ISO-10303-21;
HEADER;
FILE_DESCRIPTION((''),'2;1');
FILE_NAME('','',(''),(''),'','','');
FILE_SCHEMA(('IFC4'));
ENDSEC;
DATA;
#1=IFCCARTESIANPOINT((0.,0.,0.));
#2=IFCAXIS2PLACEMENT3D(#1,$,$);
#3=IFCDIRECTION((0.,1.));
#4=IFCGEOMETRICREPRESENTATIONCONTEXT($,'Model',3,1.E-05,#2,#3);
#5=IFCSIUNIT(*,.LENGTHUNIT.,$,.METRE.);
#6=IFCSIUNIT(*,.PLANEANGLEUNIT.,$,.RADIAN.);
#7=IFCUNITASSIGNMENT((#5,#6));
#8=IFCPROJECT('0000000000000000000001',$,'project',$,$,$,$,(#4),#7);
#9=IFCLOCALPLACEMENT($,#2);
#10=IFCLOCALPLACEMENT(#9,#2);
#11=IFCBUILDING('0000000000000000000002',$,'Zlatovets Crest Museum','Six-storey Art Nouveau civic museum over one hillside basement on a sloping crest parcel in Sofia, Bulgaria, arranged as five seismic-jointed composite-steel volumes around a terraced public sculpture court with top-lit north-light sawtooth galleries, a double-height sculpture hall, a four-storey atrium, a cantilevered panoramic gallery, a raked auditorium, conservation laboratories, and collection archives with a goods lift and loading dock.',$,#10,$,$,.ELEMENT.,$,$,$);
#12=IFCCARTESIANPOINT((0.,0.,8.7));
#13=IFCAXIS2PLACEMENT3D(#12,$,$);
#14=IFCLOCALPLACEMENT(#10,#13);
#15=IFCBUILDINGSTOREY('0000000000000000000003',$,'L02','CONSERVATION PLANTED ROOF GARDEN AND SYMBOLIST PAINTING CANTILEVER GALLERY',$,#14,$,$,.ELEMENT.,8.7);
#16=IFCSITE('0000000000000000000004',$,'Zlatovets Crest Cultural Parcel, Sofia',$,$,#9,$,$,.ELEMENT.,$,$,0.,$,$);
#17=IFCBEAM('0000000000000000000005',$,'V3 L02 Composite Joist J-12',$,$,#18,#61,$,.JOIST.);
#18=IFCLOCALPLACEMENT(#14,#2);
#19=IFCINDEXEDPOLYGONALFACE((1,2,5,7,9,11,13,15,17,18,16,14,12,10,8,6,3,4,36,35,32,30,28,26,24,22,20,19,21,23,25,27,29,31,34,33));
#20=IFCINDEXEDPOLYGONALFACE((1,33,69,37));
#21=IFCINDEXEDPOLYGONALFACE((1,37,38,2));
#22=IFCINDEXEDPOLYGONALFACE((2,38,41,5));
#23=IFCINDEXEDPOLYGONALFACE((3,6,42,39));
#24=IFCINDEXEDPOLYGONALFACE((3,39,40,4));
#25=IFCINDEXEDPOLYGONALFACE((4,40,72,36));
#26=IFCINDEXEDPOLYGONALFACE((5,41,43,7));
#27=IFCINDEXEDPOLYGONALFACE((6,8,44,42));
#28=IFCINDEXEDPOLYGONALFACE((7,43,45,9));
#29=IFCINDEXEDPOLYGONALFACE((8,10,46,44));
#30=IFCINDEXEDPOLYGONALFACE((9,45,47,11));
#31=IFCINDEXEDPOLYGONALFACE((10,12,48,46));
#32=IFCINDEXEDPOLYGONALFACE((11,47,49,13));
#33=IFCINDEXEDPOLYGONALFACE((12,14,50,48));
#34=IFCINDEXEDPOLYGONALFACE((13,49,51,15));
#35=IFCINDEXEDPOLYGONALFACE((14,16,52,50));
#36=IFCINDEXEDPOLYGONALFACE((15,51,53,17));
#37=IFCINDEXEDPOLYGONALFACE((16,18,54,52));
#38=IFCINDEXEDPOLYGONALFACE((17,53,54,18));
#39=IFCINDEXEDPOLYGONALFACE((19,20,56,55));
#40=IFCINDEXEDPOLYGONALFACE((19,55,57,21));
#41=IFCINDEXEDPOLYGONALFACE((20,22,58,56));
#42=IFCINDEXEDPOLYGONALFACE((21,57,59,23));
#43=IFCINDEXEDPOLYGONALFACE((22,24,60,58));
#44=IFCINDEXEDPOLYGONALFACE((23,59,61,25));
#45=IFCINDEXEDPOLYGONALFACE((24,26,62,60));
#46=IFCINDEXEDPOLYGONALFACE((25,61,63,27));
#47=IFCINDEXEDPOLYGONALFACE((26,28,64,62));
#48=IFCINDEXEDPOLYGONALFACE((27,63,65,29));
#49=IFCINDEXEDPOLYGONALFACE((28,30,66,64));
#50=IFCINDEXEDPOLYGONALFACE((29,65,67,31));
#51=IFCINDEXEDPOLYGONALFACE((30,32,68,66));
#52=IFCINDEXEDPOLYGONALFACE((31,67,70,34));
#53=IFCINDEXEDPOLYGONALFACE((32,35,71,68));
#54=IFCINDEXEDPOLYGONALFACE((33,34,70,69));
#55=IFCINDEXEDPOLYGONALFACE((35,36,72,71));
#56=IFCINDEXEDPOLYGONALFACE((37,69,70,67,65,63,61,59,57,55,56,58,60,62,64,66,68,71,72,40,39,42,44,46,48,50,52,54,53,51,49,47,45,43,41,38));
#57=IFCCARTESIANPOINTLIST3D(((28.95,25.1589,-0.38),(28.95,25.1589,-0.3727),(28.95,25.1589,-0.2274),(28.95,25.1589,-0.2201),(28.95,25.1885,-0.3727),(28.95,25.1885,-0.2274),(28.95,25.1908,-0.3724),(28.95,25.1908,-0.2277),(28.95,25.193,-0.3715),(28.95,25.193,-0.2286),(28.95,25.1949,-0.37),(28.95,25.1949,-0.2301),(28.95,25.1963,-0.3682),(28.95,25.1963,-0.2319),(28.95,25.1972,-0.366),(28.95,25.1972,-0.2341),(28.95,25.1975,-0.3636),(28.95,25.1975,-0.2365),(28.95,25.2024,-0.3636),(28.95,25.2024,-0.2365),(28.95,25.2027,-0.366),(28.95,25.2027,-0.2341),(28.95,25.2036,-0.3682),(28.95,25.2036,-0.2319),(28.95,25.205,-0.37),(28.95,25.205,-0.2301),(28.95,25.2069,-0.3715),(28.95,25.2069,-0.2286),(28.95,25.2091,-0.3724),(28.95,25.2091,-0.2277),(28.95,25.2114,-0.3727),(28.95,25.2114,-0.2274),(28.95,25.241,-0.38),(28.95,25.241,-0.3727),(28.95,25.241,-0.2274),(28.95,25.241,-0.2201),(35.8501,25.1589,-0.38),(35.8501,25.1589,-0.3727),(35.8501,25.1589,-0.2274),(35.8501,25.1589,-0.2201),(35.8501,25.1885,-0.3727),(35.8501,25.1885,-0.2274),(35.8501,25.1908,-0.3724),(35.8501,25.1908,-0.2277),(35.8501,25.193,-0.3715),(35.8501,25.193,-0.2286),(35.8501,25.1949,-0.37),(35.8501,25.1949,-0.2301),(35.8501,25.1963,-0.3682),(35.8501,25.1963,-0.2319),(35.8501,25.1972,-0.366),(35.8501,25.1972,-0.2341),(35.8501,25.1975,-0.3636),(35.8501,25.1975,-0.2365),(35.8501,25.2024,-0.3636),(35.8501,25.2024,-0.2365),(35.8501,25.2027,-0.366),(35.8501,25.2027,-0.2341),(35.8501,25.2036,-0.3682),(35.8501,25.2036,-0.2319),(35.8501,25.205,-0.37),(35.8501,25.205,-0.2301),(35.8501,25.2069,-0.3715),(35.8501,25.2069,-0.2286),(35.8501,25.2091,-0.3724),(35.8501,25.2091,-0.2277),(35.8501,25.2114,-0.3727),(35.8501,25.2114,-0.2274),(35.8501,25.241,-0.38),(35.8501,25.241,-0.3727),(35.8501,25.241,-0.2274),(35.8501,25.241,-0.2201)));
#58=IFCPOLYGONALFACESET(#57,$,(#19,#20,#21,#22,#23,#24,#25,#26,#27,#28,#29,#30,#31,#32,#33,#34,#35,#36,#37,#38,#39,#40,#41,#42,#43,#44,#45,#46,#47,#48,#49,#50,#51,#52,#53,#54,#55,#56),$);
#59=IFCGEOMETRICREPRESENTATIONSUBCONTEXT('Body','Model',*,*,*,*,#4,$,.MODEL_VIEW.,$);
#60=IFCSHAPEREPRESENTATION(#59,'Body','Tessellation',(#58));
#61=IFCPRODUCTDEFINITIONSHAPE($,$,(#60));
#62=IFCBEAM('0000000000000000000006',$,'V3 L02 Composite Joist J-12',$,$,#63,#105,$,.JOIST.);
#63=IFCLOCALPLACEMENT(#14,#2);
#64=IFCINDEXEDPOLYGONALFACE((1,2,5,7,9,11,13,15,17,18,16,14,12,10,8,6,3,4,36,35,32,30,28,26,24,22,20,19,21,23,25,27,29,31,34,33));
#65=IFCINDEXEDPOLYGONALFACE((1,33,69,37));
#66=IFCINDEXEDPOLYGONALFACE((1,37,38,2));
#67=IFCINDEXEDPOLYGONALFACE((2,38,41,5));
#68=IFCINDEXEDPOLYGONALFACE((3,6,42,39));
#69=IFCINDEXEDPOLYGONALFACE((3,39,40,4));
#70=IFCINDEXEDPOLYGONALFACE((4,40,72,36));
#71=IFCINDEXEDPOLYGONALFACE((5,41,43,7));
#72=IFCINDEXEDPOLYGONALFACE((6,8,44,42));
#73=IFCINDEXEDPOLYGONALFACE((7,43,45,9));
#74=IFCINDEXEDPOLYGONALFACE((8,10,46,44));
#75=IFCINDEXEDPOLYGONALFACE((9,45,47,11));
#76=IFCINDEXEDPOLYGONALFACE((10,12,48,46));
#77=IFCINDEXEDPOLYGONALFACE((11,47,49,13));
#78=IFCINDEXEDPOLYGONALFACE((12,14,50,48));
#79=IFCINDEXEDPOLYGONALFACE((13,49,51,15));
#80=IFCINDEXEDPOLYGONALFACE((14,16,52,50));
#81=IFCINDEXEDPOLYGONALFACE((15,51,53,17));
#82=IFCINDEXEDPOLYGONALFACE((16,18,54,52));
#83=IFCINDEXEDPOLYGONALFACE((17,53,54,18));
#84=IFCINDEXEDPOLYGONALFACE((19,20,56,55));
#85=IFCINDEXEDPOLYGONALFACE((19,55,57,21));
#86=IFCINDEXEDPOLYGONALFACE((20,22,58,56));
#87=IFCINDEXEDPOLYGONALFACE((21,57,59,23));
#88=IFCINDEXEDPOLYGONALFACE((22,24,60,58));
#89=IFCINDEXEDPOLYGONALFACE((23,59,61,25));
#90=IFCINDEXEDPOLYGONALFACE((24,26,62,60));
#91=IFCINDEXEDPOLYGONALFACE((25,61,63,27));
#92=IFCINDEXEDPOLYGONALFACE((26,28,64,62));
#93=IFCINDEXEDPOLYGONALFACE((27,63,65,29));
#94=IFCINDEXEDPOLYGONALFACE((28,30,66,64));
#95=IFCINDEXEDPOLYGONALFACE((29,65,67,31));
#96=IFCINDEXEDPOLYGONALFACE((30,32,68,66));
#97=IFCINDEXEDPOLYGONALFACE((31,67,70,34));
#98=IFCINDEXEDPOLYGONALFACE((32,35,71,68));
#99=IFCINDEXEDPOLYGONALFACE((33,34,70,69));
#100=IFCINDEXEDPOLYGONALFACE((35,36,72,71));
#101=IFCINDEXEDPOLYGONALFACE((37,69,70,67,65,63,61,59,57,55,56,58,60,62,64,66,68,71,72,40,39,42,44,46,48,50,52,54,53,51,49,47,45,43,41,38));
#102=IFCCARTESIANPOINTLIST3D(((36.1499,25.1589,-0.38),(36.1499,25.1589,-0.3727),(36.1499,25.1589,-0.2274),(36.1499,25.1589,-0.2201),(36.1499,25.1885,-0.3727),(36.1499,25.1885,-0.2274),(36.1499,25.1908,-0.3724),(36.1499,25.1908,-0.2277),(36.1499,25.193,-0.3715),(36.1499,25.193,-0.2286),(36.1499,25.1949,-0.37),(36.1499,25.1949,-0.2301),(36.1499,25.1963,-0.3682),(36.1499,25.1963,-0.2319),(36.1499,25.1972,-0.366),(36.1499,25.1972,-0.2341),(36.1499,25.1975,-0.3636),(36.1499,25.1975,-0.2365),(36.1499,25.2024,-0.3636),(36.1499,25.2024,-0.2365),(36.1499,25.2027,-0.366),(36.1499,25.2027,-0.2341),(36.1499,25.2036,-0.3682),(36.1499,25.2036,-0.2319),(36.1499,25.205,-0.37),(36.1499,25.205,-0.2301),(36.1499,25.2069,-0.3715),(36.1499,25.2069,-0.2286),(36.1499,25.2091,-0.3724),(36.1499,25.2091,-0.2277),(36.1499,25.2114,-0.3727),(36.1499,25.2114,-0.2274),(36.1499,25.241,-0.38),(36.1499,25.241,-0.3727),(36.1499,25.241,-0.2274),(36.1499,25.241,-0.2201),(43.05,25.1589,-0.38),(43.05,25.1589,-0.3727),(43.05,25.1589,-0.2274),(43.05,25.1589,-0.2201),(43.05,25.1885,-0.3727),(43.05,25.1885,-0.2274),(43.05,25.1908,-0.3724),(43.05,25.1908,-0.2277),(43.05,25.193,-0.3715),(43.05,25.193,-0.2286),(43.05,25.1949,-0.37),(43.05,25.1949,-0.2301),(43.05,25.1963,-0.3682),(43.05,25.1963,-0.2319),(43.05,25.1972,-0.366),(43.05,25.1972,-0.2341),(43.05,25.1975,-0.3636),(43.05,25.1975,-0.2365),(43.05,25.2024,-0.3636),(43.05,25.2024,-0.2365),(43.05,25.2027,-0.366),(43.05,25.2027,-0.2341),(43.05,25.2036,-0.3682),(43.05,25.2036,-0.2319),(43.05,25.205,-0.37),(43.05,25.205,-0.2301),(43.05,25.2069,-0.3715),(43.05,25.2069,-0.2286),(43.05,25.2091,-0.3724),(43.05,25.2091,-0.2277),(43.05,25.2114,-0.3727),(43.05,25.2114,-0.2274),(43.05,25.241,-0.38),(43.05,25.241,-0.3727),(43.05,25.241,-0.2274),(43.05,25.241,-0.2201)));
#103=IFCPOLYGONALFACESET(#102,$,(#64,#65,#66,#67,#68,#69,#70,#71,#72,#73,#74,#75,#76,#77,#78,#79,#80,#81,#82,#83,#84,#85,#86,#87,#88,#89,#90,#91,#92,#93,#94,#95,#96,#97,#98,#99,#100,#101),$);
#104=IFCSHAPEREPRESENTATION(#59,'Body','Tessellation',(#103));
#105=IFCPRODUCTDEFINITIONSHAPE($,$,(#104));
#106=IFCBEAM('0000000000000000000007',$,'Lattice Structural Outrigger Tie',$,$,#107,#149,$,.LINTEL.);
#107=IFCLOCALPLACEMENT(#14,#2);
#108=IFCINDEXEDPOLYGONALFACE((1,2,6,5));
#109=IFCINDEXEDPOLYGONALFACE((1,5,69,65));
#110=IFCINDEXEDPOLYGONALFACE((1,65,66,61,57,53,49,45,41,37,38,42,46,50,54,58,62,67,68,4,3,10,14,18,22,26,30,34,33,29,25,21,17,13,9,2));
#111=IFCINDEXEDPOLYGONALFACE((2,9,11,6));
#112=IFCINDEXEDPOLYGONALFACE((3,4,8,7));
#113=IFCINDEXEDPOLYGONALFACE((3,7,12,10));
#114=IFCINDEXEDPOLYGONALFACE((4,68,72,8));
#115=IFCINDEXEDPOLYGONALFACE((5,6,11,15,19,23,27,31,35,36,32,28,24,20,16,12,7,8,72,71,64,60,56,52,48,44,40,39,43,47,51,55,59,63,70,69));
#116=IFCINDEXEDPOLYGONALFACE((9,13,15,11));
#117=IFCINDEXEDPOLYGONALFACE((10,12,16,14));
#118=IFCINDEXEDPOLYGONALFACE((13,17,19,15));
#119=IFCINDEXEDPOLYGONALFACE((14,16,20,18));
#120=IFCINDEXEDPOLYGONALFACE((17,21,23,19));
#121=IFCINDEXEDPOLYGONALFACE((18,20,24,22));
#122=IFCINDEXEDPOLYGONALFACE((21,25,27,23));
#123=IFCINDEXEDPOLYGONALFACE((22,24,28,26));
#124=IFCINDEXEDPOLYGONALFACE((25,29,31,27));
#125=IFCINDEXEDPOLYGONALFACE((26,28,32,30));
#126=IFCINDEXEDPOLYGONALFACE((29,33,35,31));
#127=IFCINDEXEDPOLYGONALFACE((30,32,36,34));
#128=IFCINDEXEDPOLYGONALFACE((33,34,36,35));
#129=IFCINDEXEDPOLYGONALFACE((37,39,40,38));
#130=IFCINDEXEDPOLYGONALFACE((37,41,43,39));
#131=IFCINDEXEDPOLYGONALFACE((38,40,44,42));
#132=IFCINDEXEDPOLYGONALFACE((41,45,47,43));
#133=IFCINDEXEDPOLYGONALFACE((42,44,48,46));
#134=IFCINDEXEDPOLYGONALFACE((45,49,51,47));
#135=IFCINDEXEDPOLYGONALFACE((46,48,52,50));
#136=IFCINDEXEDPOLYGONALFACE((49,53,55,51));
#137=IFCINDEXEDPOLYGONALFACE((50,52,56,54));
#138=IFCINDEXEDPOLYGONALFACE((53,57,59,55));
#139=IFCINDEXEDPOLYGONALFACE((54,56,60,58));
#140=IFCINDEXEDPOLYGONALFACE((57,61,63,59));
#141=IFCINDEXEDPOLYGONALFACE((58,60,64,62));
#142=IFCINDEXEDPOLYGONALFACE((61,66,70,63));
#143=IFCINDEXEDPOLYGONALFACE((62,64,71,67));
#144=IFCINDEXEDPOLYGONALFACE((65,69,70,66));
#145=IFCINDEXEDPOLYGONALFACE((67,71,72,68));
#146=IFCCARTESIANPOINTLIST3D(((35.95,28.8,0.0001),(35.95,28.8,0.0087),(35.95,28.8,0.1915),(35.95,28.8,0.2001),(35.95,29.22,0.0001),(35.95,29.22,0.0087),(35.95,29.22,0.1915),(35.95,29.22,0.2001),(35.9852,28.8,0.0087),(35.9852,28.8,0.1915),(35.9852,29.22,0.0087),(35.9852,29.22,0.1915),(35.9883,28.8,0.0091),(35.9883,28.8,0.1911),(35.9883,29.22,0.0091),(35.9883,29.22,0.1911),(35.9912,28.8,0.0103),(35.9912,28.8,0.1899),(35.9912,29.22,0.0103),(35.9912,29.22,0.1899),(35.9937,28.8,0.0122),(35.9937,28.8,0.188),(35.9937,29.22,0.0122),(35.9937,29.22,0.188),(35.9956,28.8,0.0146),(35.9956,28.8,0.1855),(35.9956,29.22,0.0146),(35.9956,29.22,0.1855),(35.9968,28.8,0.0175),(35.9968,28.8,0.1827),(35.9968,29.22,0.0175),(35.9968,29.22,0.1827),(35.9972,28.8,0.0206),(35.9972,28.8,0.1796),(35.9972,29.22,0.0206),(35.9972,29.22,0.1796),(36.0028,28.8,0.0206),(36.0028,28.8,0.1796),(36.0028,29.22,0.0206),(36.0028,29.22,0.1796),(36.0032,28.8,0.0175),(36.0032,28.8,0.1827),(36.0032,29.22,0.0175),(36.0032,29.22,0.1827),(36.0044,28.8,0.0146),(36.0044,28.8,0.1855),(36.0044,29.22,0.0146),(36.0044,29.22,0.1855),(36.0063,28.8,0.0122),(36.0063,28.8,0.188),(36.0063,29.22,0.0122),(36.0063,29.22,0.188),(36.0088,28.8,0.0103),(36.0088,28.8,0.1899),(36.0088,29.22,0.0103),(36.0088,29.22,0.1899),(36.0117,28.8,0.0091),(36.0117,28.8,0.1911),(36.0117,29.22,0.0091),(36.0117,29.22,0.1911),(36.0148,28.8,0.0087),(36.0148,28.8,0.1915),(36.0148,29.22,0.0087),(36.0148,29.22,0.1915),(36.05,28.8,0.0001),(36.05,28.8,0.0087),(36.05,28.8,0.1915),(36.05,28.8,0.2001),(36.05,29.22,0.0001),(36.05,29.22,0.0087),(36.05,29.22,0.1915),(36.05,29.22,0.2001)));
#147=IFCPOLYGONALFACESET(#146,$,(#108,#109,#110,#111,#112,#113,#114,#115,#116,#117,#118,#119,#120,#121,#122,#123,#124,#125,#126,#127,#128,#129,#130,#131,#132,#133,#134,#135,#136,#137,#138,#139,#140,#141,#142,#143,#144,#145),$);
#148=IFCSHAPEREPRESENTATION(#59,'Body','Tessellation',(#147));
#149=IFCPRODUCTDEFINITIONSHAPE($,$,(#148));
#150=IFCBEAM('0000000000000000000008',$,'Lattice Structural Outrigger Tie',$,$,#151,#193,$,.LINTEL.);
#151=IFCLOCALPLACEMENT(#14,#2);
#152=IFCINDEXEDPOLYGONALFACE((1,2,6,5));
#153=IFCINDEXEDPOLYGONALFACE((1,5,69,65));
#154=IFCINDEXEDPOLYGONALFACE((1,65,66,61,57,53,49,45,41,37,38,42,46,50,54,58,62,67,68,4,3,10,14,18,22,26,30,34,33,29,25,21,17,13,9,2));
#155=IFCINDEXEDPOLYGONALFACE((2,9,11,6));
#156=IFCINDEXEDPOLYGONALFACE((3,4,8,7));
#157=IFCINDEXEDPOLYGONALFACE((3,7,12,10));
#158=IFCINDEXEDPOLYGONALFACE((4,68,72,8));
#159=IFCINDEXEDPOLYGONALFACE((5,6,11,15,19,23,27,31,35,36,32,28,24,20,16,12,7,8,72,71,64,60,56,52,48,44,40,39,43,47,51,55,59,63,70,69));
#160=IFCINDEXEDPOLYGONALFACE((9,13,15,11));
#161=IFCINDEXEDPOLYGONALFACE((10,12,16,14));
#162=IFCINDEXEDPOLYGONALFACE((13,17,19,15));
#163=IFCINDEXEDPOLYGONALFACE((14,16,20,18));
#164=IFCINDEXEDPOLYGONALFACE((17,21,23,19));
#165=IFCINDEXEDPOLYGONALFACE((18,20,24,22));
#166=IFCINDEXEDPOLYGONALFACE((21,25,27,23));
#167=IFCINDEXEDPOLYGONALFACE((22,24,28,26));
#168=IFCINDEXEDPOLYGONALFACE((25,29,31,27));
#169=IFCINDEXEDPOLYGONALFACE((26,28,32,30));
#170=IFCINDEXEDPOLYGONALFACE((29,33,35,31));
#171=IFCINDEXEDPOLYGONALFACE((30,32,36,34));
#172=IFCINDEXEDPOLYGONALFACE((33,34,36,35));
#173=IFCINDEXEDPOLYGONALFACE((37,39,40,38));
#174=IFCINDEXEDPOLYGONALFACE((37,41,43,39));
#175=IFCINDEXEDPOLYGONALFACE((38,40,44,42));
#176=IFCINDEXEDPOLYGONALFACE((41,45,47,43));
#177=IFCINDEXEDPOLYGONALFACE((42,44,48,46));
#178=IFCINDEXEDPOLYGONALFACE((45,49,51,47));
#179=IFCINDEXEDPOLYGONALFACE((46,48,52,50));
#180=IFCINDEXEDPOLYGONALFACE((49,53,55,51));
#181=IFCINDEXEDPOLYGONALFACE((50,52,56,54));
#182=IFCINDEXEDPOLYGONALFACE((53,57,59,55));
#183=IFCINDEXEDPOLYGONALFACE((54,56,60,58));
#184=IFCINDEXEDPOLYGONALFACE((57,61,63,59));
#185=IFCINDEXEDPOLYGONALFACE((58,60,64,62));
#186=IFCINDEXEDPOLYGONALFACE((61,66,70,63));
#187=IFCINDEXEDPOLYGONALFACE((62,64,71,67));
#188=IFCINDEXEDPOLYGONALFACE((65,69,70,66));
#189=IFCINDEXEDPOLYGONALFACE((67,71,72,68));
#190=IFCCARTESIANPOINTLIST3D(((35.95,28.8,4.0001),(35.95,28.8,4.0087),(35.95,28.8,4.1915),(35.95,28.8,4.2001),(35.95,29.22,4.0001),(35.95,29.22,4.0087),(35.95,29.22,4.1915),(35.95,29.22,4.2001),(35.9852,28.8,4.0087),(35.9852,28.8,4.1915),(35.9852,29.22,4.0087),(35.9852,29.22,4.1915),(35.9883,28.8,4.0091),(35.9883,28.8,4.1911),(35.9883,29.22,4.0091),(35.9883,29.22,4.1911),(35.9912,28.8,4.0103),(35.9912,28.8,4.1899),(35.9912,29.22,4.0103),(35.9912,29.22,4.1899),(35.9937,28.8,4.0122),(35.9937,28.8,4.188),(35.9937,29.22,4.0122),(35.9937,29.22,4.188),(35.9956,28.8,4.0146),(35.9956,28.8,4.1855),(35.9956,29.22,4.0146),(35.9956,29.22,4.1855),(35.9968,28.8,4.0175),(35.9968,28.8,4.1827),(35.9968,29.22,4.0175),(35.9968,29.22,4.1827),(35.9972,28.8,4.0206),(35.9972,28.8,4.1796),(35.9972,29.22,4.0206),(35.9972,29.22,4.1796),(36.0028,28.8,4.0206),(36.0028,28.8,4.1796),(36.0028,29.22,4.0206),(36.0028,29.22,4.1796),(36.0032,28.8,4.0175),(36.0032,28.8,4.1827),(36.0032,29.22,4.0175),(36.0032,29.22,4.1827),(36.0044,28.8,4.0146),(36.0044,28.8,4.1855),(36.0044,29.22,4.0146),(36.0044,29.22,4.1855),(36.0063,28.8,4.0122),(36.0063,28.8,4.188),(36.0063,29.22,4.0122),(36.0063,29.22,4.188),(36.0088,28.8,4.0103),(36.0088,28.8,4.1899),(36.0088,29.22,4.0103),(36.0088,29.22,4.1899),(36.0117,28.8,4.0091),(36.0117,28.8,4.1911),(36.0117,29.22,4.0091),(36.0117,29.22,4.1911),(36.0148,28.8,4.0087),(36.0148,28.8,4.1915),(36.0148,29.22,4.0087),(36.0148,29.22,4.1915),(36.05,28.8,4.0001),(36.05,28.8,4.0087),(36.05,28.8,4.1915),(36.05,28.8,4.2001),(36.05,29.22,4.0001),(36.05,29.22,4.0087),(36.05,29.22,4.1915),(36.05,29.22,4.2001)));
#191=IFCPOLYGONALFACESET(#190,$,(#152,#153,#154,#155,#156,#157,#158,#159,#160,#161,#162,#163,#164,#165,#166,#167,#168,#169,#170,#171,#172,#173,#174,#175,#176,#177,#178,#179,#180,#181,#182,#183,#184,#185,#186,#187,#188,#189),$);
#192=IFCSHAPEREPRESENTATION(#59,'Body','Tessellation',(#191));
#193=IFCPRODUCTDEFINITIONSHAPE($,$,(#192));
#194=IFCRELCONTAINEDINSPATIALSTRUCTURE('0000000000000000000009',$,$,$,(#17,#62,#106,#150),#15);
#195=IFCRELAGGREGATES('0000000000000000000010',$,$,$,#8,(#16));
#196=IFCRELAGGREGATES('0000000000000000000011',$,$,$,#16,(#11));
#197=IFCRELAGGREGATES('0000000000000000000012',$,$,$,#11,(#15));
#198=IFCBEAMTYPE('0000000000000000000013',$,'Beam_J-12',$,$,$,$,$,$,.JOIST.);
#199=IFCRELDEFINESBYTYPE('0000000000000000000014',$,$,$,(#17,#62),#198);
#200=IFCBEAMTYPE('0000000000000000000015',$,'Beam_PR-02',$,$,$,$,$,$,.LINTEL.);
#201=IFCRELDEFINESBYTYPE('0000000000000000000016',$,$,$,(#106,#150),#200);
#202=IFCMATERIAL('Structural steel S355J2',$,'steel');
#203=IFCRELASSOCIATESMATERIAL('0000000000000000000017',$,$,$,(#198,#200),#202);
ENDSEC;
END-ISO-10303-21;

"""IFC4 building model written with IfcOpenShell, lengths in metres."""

from ifc_helpers import new_model, si_unit, direction, frame, origin, origin_2d, place, context, subcontext, project, spatial, i_section, extrude, material, material_profile, profile_set, type_object, element, save


model = new_model("IFC4")

# Units and contexts
model_context = context("Model", 3, precision=1e-05, world=origin(), true_north=direction((0.0, 1.0)))
body_context = subcontext(model_context, "Body", "Model", "MODEL_VIEW")
ifc_project = project(units=[si_unit("LENGTHUNIT", "METRE"), si_unit("PLANEANGLEUNIT", "RADIAN")], contexts=[model_context])

# Site, building, storey
site_placement = place(None, origin())
site = spatial("IfcSite", under=ifc_project, at=site_placement, Name="Zlatovets Crest Cultural Parcel, Sofia", CompositionType="ELEMENT", RefElevation=0.0)
building_placement = place(site_placement, origin())
building = spatial("IfcBuilding", under=site, at=building_placement, Name="Zlatovets Crest Museum", Description="Six-storey Art Nouveau civic museum over one hillside basement on a sloping crest parcel in Sofia, Bulgaria, arranged as five seismic-jointed composite-steel volumes around a terraced public sculpture court with top-lit north-light sawtooth galleries, a double-height sculpture hall, a four-storey atrium, a cantilevered panoramic gallery, a raked auditorium, conservation laboratories, and collection archives with a goods lift and loading dock.", CompositionType="ELEMENT")
storey_placement = place(building_placement, frame((0.0, 0.0, 8.7)))
storey = spatial("IfcBuildingStorey", under=building, at=storey_placement, Name="L02", Description="CONSERVATION PLANTED ROOF GARDEN AND SYMBOLIST PAINTING CANTILEVER GALLERY", CompositionType="ELEMENT", Elevation=8.7)

# Shared definitions
ifc_material_1 = material(Name="Structural steel S355J2", Category="steel")

# Beams
ifc_material_profile_1 = material_profile(ifc_material_1, i_section(OverallWidth=0.082, OverallDepth=0.1599, WebThickness=0.0049, FlangeThickness=0.0073, FilletRadius=0.009, at=origin_2d()), Name="IPE 160")
ifc_profile_set_1 = profile_set([ifc_material_profile_1], Name="Structural steel S355J2")
beam_type_1 = type_object("IfcBeamType", Name="Beam_J-12", PredefinedType="JOIST", material=ifc_profile_set_1)
for number, where, z_axis, x_axis, name in (
    (1, (28.95, 25.2, -0.3), (1.0, 0.0, 0.0), (0.0, 1.0, 0.0), "V3 L02 Composite Joist J-12"),
    (2, (36.1499, 25.2, -0.3), (1.0, 0.0, 0.0), (0.0, 1.0, 0.0), "V3 L02 Composite Joist J-12"),
):
    element("IfcBeam", number, at=place(storey_placement, frame(where, z_axis=z_axis, x_axis=x_axis)), inside=storey, type_object=beam_type_1, Name=name, PredefinedType="JOIST", context=body_context, shape_type="SweptSolid", body=[
        extrude(i_section(OverallWidth=0.082, OverallDepth=0.1599, WebThickness=0.0049, FlangeThickness=0.0073, FilletRadius=0.009, at=origin_2d()), origin(), (0.0, 0.0, 1.0), 6.9001),
    ])
ifc_material_profile_2 = material_profile(ifc_material_1, i_section(OverallWidth=0.1001, OverallDepth=0.2, WebThickness=0.0056, FlangeThickness=0.0085, FilletRadius=0.012, at=origin_2d()), Name="IPE 200")
ifc_profile_set_2 = profile_set([ifc_material_profile_2], Name="Structural steel S355J2")
beam_type_2 = type_object("IfcBeamType", Name="Beam_PR-02", PredefinedType="LINTEL", material=ifc_profile_set_2)
for number, where, z_axis, x_axis, name in (
    (3, (36.0, 28.8, 0.1001), (0.0, 1.0, 0.0), (-1.0, 0.0, 0.0), "Lattice Structural Outrigger Tie"),
    (4, (36.0, 28.8, 4.1001), (0.0, 1.0, 0.0), (-1.0, 0.0, 0.0), "Lattice Structural Outrigger Tie"),
):
    element("IfcBeam", number, at=place(storey_placement, frame(where, z_axis=z_axis, x_axis=x_axis)), inside=storey, type_object=beam_type_2, Name=name, PredefinedType="LINTEL", context=body_context, shape_type="SweptSolid", body=[
        extrude(i_section(OverallWidth=0.1001, OverallDepth=0.2, WebThickness=0.0056, FlangeThickness=0.0085, FilletRadius=0.012, at=origin_2d()), origin(), (0.0, 0.0, 1.0), 0.4199),
    ])

save(model, "model.ifc")
